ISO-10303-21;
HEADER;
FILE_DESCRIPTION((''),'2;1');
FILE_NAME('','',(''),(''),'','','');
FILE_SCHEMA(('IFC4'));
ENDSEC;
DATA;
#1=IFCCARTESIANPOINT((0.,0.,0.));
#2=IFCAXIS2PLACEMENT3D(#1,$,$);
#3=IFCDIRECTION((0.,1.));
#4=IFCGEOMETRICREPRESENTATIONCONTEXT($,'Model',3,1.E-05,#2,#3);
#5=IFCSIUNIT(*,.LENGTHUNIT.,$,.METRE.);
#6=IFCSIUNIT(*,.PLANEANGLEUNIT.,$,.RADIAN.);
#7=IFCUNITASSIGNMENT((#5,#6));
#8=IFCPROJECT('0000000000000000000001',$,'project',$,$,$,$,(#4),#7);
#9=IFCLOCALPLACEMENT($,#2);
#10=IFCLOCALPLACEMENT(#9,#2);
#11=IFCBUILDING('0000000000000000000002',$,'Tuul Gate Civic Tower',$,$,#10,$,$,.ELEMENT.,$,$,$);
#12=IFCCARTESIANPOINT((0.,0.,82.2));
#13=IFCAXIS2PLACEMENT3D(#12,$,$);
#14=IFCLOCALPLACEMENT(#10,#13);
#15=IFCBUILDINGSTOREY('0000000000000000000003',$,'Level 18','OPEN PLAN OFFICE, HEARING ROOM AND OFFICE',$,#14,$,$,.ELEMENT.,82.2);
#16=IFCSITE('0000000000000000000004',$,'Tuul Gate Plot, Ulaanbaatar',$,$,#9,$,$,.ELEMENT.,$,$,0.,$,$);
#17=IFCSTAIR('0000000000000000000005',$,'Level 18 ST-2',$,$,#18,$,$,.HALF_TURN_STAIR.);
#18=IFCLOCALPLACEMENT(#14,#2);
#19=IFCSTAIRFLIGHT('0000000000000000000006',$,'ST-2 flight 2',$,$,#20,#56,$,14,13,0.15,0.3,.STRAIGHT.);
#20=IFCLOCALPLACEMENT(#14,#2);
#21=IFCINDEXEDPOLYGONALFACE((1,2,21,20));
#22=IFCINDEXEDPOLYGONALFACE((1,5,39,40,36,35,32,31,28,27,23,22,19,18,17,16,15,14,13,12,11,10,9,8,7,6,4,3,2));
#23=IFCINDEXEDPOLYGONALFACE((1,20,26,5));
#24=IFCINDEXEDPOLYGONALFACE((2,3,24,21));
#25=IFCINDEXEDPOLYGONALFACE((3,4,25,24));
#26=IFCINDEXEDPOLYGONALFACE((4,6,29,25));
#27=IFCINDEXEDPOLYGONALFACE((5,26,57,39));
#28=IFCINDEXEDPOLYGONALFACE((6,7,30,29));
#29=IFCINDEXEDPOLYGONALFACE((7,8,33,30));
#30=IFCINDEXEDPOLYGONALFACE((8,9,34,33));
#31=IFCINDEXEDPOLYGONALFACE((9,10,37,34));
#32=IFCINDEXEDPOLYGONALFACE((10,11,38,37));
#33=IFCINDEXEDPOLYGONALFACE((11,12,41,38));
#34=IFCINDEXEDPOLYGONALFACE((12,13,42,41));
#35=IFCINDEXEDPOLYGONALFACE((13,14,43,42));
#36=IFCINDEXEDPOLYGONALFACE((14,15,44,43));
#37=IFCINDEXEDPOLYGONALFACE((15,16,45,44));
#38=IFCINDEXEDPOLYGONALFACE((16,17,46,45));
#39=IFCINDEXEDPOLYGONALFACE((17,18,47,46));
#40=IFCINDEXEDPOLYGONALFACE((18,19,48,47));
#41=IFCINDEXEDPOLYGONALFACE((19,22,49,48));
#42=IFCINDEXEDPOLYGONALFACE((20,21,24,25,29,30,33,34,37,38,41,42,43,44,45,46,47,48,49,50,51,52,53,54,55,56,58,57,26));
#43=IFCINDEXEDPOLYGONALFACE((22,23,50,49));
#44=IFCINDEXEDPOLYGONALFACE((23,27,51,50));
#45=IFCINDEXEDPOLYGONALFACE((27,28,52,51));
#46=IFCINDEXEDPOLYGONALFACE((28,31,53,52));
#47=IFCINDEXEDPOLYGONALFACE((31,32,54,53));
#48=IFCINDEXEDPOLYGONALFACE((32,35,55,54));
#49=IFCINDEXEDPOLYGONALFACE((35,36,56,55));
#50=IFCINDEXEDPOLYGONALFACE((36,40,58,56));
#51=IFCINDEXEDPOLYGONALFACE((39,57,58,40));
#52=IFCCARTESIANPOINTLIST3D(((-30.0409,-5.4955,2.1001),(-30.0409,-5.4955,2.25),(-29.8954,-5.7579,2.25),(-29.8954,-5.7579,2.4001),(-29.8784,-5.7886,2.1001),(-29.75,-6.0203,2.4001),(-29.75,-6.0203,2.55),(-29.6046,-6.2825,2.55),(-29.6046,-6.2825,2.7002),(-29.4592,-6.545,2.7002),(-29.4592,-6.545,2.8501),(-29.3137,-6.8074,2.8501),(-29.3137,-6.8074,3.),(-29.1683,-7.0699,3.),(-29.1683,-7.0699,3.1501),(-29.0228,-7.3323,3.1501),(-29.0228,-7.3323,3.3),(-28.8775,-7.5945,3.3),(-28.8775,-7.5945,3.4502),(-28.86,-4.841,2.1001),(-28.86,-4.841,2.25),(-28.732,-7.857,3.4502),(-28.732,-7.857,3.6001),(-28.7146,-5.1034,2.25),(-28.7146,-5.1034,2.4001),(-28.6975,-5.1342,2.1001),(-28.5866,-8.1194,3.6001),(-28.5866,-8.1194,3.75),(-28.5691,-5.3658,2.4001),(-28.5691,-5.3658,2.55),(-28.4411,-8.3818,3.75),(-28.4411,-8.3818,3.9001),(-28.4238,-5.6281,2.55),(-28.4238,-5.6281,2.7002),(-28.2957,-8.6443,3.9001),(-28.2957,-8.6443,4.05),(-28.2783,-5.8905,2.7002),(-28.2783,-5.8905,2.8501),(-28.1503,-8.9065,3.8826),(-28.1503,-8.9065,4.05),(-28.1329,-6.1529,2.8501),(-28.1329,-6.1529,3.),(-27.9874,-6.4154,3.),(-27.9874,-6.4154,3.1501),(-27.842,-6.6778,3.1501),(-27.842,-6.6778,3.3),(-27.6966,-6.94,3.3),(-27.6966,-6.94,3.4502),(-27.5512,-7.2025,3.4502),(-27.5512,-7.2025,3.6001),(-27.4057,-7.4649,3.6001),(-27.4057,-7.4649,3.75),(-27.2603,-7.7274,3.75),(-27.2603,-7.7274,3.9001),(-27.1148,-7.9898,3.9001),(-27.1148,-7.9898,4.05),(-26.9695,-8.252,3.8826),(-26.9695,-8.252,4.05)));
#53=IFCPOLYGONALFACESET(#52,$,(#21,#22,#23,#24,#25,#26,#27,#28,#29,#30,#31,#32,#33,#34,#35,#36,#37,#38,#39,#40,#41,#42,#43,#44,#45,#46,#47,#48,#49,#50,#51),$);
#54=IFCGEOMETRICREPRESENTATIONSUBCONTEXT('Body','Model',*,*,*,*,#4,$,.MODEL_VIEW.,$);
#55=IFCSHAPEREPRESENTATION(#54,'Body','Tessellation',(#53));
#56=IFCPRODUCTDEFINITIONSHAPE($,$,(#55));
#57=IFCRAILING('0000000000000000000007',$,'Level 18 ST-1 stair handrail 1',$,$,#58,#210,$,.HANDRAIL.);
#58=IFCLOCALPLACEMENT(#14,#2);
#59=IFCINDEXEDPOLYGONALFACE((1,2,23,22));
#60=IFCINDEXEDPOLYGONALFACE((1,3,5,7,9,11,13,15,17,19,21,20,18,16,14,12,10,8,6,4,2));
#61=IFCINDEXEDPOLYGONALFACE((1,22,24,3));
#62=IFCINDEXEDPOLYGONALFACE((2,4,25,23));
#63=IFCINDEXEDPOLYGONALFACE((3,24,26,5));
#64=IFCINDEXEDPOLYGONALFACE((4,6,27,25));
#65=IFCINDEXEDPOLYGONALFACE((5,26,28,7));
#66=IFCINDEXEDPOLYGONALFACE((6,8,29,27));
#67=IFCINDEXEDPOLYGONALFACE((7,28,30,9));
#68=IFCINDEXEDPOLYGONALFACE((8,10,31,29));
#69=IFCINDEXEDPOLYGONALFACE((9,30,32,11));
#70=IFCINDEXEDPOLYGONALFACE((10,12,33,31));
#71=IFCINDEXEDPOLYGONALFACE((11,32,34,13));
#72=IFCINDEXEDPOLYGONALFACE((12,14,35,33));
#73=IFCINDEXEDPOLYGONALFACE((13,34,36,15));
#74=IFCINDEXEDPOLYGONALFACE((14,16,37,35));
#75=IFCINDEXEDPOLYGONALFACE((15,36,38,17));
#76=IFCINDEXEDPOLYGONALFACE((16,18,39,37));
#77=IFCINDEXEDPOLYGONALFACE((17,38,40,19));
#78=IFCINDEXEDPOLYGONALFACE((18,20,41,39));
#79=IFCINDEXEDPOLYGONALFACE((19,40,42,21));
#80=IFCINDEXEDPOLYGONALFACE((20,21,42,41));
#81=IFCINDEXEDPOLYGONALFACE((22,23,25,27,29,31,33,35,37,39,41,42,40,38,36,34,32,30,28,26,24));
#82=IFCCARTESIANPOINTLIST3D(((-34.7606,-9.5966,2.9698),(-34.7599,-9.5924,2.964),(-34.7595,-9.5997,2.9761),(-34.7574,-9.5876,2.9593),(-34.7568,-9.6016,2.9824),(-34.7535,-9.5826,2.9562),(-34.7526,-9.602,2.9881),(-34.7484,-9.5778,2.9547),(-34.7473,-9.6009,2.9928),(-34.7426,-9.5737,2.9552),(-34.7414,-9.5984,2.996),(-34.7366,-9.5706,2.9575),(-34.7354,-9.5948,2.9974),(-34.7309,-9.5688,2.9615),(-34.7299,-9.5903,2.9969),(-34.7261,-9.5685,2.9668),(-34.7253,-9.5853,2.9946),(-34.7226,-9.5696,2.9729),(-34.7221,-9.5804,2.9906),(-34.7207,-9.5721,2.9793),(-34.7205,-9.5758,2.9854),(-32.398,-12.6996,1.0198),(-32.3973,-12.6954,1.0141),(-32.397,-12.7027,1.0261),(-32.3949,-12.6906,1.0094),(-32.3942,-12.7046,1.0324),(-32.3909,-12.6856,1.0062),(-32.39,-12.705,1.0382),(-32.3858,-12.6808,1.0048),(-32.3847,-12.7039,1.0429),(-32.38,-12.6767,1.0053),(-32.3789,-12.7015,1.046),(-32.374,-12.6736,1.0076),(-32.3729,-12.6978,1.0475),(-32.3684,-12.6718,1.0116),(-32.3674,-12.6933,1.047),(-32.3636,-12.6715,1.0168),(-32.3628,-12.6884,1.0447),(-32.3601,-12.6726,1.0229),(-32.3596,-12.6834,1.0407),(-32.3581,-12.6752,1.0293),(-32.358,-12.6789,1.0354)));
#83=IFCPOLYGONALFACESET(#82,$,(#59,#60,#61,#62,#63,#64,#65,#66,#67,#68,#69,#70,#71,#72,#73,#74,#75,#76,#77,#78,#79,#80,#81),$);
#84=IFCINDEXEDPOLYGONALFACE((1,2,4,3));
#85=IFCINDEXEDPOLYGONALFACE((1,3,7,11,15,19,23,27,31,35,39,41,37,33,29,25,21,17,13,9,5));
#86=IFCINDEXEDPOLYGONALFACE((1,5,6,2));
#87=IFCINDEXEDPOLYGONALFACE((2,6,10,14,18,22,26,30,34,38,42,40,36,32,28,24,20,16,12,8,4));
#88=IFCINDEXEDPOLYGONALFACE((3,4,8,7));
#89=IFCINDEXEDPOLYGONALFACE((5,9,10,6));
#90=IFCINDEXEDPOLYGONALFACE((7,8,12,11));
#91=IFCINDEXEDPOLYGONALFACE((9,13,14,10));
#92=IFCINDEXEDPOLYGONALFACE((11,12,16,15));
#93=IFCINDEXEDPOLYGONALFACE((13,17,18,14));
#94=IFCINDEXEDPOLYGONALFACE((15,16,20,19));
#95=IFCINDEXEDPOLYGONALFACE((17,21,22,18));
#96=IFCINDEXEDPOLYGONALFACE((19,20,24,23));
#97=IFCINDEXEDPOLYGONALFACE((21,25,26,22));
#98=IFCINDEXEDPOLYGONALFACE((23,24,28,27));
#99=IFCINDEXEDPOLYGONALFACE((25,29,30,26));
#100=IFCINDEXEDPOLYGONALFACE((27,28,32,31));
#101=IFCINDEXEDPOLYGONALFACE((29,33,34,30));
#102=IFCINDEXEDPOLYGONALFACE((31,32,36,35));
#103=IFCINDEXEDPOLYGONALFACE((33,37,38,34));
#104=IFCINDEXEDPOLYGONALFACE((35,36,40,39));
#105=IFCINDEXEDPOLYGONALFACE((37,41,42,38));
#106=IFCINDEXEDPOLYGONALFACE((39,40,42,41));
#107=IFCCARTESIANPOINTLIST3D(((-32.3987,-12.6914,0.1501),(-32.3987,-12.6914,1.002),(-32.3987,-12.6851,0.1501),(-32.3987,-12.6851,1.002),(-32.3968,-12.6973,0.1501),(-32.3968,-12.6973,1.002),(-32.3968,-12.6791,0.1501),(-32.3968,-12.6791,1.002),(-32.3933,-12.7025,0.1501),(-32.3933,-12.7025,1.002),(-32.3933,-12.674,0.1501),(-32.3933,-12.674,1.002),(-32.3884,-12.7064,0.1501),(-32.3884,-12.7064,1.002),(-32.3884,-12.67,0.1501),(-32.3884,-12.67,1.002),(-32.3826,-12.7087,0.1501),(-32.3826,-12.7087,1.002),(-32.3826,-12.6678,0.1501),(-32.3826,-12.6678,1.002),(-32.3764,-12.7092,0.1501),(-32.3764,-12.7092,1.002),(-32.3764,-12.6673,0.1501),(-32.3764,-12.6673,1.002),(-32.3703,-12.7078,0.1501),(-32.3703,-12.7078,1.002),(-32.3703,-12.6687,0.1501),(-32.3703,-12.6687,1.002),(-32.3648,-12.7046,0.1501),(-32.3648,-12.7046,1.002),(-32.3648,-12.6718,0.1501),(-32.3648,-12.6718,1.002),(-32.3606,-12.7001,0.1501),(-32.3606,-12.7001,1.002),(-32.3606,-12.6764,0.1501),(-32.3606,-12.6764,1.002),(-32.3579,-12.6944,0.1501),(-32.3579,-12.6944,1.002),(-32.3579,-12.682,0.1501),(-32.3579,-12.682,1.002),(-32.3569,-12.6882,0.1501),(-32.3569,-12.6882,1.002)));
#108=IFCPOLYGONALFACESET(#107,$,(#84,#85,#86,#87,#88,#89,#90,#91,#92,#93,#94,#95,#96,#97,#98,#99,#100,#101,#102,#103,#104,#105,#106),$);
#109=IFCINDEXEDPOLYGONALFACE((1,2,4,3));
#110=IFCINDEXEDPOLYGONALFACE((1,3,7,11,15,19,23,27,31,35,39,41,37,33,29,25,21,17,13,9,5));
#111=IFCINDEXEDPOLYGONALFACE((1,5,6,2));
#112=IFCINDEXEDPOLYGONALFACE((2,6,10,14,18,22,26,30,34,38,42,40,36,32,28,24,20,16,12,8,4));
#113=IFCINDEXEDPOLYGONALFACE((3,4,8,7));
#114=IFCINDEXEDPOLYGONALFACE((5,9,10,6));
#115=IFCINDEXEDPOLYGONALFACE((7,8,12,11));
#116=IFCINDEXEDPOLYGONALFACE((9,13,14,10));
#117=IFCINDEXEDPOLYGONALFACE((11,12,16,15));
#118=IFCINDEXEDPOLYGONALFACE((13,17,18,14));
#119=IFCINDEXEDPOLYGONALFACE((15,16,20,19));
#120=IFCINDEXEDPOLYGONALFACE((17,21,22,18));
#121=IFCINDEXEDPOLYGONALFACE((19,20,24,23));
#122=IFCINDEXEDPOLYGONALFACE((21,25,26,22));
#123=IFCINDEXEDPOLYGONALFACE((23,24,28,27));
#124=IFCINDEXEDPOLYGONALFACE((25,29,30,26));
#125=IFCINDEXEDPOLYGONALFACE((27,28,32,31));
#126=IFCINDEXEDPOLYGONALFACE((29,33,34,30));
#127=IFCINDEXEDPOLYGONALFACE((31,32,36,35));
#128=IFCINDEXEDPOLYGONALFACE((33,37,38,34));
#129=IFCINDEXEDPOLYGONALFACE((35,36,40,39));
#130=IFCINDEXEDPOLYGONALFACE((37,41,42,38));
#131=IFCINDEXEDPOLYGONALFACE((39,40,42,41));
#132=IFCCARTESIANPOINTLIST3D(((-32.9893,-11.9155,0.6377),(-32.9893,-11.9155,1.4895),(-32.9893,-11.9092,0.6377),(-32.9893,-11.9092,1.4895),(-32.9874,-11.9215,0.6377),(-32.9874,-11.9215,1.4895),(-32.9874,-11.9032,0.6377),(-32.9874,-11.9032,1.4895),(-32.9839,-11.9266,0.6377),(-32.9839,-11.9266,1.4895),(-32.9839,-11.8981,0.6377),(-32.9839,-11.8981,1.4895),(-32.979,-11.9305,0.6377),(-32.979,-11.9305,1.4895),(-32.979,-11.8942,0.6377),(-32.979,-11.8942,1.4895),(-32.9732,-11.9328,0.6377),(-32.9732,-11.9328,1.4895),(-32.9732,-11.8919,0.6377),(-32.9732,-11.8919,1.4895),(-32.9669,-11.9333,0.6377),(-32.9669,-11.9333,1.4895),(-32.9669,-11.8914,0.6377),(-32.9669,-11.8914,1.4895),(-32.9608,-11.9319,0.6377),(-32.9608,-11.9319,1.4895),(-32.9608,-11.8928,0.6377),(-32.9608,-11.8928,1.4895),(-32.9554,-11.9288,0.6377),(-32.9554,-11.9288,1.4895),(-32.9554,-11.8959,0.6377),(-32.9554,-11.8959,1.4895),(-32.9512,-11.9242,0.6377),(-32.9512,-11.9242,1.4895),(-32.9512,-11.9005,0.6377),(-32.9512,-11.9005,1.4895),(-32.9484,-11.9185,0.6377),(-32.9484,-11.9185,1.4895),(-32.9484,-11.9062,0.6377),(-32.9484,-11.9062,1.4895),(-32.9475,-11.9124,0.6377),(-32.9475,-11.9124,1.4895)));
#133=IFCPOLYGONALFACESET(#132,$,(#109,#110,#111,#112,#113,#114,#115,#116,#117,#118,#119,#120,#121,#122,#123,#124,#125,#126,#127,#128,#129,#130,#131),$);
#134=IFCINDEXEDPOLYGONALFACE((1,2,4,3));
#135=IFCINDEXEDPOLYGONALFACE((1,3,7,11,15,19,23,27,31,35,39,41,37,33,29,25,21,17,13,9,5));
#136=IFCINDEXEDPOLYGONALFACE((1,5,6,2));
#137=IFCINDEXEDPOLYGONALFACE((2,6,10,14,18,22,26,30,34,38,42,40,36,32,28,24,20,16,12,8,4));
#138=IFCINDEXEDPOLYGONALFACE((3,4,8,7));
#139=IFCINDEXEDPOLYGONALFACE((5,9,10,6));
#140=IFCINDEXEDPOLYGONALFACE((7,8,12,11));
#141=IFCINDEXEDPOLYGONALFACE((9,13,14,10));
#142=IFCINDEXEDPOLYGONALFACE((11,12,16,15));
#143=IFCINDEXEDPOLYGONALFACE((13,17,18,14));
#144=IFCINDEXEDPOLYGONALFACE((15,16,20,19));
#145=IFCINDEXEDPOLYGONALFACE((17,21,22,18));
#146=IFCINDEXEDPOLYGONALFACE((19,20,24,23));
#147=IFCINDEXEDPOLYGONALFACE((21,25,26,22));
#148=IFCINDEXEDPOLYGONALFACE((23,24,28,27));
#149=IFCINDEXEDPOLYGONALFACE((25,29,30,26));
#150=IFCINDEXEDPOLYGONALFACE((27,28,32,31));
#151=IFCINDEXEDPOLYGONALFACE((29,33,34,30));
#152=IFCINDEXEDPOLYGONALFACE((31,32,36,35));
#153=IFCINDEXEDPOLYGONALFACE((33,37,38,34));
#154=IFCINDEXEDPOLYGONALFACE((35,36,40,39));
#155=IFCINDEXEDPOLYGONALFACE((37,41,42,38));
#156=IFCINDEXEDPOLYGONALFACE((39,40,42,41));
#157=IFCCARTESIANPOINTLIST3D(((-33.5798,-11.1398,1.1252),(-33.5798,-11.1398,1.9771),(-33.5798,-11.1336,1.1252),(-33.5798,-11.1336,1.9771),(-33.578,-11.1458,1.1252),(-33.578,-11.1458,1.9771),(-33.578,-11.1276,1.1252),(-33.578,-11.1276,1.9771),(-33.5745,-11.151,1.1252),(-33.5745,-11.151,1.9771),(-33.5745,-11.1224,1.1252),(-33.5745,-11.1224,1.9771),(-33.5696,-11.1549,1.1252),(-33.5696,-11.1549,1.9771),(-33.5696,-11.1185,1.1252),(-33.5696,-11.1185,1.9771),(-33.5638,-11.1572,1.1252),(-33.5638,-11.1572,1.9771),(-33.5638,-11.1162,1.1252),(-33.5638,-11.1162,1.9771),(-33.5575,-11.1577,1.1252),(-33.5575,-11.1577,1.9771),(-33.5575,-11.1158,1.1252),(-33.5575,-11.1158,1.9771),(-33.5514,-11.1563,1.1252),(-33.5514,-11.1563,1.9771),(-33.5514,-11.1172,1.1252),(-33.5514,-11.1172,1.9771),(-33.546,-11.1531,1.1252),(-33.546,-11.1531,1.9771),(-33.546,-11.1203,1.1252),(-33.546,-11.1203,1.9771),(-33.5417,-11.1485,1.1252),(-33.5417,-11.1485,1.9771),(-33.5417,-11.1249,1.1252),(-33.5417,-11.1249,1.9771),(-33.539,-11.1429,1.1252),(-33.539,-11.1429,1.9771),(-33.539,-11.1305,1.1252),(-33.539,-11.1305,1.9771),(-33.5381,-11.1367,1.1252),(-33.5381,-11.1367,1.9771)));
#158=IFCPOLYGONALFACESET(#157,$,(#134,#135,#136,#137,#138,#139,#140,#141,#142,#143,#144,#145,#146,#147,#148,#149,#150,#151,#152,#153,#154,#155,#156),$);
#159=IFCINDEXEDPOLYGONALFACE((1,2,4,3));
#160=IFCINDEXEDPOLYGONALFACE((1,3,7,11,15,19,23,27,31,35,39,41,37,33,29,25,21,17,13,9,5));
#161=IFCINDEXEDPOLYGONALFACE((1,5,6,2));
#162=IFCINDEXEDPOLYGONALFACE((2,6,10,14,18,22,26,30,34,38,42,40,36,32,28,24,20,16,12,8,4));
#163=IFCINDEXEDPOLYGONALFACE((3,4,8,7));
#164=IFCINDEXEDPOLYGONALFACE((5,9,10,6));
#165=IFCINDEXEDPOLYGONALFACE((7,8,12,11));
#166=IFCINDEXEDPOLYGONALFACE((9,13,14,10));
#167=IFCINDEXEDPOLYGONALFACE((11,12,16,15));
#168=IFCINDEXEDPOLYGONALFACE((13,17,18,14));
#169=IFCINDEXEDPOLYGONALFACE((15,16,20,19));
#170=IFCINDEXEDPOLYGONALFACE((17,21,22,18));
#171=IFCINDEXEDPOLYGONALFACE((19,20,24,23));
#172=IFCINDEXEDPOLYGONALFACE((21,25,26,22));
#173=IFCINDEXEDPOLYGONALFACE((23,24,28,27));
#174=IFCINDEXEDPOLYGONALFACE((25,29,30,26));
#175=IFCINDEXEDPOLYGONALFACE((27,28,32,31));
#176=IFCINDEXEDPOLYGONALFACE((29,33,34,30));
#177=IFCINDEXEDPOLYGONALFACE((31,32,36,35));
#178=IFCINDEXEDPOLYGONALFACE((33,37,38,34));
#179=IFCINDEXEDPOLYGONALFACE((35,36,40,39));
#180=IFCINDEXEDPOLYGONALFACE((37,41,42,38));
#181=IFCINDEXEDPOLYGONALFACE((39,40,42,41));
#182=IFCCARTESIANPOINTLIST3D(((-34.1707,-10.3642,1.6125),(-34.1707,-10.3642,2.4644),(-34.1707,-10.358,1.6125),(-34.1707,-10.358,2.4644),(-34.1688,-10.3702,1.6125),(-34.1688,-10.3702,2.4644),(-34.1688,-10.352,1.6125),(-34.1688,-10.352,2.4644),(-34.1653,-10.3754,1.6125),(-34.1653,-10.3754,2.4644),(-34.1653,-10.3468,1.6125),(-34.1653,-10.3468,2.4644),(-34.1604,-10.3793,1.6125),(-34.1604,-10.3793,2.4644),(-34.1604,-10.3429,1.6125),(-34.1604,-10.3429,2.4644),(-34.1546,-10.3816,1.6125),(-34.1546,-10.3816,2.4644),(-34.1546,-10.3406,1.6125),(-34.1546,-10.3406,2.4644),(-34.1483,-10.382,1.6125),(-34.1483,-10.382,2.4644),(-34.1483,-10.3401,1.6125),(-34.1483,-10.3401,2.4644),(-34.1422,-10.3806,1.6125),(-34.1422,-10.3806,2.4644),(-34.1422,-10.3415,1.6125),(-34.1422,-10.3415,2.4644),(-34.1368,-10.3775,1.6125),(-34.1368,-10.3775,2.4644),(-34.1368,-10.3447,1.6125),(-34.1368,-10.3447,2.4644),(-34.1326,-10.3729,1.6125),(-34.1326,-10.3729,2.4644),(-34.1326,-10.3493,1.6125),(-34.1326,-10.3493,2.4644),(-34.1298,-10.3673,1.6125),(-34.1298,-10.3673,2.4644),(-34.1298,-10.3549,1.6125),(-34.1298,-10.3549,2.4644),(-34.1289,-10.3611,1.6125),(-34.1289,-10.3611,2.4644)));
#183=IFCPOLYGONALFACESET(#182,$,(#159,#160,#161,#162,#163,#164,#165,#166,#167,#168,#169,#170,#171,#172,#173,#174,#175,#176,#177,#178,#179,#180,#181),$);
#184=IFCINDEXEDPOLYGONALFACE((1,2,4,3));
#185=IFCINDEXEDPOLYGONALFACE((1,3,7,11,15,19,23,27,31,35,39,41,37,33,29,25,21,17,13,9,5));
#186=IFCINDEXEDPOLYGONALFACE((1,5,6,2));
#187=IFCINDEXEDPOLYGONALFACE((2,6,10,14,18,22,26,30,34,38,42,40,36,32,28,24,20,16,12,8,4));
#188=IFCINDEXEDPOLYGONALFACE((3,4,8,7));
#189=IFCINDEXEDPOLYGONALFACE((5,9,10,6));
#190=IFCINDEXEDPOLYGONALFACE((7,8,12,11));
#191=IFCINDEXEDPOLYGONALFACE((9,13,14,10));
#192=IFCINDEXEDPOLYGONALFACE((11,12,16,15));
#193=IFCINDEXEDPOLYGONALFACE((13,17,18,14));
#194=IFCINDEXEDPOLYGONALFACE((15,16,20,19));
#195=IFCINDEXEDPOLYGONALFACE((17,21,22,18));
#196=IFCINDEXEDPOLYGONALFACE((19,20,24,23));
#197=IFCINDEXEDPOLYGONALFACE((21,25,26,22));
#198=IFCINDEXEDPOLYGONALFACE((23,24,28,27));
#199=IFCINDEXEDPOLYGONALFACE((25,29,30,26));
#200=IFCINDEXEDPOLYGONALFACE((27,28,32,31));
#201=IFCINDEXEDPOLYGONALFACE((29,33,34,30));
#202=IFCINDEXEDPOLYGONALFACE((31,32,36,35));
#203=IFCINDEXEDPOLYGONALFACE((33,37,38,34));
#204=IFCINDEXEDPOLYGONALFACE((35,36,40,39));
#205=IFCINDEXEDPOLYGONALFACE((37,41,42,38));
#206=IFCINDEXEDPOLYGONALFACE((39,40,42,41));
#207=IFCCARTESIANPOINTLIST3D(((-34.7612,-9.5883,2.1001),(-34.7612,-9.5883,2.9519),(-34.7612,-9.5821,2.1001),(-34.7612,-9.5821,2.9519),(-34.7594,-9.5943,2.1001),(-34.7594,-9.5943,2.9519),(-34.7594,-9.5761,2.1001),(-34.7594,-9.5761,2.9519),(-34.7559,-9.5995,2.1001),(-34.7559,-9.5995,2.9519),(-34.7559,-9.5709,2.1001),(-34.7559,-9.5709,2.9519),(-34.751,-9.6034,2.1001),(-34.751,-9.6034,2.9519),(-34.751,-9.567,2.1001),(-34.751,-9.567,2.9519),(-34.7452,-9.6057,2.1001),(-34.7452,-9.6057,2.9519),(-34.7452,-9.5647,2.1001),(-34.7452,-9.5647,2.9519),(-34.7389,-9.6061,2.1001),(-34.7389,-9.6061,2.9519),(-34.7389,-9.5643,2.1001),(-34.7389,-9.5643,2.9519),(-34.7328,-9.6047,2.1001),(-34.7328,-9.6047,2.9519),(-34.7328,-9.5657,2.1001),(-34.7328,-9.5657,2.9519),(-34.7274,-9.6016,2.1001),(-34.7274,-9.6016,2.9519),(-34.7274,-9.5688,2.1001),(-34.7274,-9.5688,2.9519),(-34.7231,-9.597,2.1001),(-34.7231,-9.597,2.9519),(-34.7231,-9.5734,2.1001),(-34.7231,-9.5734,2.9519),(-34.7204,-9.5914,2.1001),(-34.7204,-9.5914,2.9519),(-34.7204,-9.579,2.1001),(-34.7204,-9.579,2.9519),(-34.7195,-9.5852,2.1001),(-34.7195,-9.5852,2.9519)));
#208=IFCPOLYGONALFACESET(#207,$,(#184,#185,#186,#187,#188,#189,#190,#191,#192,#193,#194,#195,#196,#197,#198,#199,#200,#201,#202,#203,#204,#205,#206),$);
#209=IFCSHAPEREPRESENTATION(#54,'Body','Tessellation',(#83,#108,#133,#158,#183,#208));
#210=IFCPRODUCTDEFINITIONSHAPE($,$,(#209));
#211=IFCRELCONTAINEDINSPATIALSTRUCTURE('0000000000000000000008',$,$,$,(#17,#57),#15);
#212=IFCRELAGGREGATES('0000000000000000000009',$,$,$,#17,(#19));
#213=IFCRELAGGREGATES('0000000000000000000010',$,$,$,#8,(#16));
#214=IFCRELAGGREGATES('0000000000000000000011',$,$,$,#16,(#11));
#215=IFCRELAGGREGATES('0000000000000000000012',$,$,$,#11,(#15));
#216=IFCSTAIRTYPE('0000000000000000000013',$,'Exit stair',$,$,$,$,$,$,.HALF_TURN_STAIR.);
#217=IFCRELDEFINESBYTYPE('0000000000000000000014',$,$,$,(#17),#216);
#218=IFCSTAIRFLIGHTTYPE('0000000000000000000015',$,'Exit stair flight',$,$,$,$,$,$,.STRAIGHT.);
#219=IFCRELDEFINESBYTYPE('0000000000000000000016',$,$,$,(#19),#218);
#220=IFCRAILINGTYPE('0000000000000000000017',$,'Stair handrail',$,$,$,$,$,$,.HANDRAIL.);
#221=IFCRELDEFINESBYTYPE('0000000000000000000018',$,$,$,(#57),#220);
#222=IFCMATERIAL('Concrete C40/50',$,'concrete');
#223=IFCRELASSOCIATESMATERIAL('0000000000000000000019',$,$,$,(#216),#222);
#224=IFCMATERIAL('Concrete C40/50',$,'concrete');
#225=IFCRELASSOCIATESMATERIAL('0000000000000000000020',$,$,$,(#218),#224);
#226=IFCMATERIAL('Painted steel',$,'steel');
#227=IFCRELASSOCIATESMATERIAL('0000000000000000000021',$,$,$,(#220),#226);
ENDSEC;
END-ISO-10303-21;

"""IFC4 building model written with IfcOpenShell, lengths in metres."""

from ifc_helpers import new_model, si_unit, direction, frame, origin, origin_2d, place, context, subcontext, project, spatial, polyline, circle, outline, extrude, material, type_object, element, aggregate, save


model = new_model("IFC4")

# Units and contexts
model_context = context("Model", 3, precision=1e-05, world=origin(), true_north=direction((0.0, 1.0)))
body_context = subcontext(model_context, "Body", "Model", "MODEL_VIEW")
ifc_project = project(units=[si_unit("LENGTHUNIT", "METRE"), si_unit("PLANEANGLEUNIT", "RADIAN")], contexts=[model_context])

# Site, building, storey
site_placement = place(None, origin())
site = spatial("IfcSite", under=ifc_project, at=site_placement, Name="Tuul Gate Plot, Ulaanbaatar", CompositionType="ELEMENT", RefElevation=0.0)
building_placement = place(site_placement, origin())
building = spatial("IfcBuilding", under=site, at=building_placement, Name="Tuul Gate Civic Tower", CompositionType="ELEMENT")
storey_placement = place(building_placement, frame((0.0, 0.0, 82.2)))
storey = spatial("IfcBuildingStorey", under=building, at=storey_placement, Name="Level 18", Description="OPEN PLAN OFFICE, HEARING ROOM AND OFFICE", CompositionType="ELEMENT", Elevation=82.2)

# Stair, stair flight
ifc_material_1 = material(Name="Concrete C40/50", Category="concrete")
stair_type = type_object("IfcStairType", Name="Exit stair", PredefinedType="HALF_TURN_STAIR", material=ifc_material_1)
stair_placement = place(storey_placement, origin())
stair = element("IfcStair", 1, at=stair_placement, inside=storey, type_object=stair_type, Name="Level 18 ST-2", PredefinedType="HALF_TURN_STAIR")
ifc_material_2 = material(Name="Concrete C40/50", Category="concrete")
stair_flight_type = type_object("IfcStairFlightType", Name="Exit stair flight", PredefinedType="STRAIGHT", material=ifc_material_2)
stair_flight_placement = place(storey_placement, frame((-29.4504, -5.1682, 2.1001), z_axis=(0.0, 0.0, 1.0), x_axis=(0.484762, -0.874646, 0.0)))
stair_flight = element("IfcStairFlight", 2, at=stair_flight_placement, type_object=stair_flight_type, Name="ST-2 flight 2", NumberOfRisers=14, NumberOfTreads=13, PredefinedType="STRAIGHT", RiserHeight=0.15, TreadLength=0.3, context=body_context, shape_type="SweptSolid", body=[
    extrude(outline(polyline([(0.0, 0.0), (0.0, 0.1499), (0.3, 0.1499), (0.3, 0.3), (0.6001, 0.3), (0.6001, 0.45), (0.8999, 0.45), (0.8999, 0.6001), (1.2, 0.6001), (1.2, 0.75), (1.5, 0.75), (1.5, 0.8999), (1.8, 0.8999), (1.8, 1.05), (2.1001, 1.05), (2.1001, 1.2), (2.3999, 1.2), (2.3999, 1.3501), (2.7, 1.3501), (2.7, 1.5), (3.0, 1.5), (3.0, 1.6499), (3.3, 1.6499), (3.3, 1.8), (3.6001, 1.8), (3.6001, 1.95), (3.8999, 1.95), (3.8999, 2.1001), (3.8999, 1.7825), (0.3352, 0.0), (0.0, 0.0)])), frame((0.0, 0.675, 0.0), z_axis=(0.0, -1.0, 0.0), x_axis=(1.0, 0.0, 0.0)), (0.0, 0.0, 1.0), 1.3501),
])
aggregate(stair, [stair_flight])

# Railing
ifc_material_3 = material(Name="Painted steel", Category="steel")
railing_type_1 = type_object("IfcRailingType", Name="Stair handrail", PredefinedType="HANDRAIL", material=ifc_material_3)
railing_1_placement = place(storey_placement, frame((-32.3779, -12.6882, 0.1501)))
element("IfcRailing", 3, at=railing_1_placement, inside=storey, type_object=railing_type_1, Name="Level 18 ST-1 stair handrail 1", PredefinedType="HANDRAIL", context=body_context, shape_type="SweptSolid", body=[
    extrude(circle(Radius=0.0239, at=origin_2d()), frame((0.0, 0.0, 0.876), z_axis=(-0.541824, 0.711645, 0.4472), x_axis=(-0.795637, -0.605773, 0.0)), (0.0, 0.0, 1.0), 4.3604),
    extrude(circle(Radius=0.021, at=origin_2d()), origin(), (0.0, 0.0, 1.0), 0.8518),
    extrude(circle(Radius=0.021, at=origin_2d()), frame((-0.5906, 0.7759, 0.4875)), (0.0, 0.0, 1.0), 0.8518),
    extrude(circle(Radius=0.021, at=origin_2d()), frame((-1.1812, 1.5515, 0.9751)), (0.0, 0.0, 1.0), 0.8518),
    extrude(circle(Radius=0.021, at=origin_2d()), frame((-1.772, 2.3271, 1.4624)), (0.0, 0.0, 1.0), 0.8518),
    extrude(circle(Radius=0.021, at=origin_2d()), frame((-2.3625, 3.103, 1.95)), (0.0, 0.0, 1.0), 0.8518),
])

save(model, "model.ifc")
